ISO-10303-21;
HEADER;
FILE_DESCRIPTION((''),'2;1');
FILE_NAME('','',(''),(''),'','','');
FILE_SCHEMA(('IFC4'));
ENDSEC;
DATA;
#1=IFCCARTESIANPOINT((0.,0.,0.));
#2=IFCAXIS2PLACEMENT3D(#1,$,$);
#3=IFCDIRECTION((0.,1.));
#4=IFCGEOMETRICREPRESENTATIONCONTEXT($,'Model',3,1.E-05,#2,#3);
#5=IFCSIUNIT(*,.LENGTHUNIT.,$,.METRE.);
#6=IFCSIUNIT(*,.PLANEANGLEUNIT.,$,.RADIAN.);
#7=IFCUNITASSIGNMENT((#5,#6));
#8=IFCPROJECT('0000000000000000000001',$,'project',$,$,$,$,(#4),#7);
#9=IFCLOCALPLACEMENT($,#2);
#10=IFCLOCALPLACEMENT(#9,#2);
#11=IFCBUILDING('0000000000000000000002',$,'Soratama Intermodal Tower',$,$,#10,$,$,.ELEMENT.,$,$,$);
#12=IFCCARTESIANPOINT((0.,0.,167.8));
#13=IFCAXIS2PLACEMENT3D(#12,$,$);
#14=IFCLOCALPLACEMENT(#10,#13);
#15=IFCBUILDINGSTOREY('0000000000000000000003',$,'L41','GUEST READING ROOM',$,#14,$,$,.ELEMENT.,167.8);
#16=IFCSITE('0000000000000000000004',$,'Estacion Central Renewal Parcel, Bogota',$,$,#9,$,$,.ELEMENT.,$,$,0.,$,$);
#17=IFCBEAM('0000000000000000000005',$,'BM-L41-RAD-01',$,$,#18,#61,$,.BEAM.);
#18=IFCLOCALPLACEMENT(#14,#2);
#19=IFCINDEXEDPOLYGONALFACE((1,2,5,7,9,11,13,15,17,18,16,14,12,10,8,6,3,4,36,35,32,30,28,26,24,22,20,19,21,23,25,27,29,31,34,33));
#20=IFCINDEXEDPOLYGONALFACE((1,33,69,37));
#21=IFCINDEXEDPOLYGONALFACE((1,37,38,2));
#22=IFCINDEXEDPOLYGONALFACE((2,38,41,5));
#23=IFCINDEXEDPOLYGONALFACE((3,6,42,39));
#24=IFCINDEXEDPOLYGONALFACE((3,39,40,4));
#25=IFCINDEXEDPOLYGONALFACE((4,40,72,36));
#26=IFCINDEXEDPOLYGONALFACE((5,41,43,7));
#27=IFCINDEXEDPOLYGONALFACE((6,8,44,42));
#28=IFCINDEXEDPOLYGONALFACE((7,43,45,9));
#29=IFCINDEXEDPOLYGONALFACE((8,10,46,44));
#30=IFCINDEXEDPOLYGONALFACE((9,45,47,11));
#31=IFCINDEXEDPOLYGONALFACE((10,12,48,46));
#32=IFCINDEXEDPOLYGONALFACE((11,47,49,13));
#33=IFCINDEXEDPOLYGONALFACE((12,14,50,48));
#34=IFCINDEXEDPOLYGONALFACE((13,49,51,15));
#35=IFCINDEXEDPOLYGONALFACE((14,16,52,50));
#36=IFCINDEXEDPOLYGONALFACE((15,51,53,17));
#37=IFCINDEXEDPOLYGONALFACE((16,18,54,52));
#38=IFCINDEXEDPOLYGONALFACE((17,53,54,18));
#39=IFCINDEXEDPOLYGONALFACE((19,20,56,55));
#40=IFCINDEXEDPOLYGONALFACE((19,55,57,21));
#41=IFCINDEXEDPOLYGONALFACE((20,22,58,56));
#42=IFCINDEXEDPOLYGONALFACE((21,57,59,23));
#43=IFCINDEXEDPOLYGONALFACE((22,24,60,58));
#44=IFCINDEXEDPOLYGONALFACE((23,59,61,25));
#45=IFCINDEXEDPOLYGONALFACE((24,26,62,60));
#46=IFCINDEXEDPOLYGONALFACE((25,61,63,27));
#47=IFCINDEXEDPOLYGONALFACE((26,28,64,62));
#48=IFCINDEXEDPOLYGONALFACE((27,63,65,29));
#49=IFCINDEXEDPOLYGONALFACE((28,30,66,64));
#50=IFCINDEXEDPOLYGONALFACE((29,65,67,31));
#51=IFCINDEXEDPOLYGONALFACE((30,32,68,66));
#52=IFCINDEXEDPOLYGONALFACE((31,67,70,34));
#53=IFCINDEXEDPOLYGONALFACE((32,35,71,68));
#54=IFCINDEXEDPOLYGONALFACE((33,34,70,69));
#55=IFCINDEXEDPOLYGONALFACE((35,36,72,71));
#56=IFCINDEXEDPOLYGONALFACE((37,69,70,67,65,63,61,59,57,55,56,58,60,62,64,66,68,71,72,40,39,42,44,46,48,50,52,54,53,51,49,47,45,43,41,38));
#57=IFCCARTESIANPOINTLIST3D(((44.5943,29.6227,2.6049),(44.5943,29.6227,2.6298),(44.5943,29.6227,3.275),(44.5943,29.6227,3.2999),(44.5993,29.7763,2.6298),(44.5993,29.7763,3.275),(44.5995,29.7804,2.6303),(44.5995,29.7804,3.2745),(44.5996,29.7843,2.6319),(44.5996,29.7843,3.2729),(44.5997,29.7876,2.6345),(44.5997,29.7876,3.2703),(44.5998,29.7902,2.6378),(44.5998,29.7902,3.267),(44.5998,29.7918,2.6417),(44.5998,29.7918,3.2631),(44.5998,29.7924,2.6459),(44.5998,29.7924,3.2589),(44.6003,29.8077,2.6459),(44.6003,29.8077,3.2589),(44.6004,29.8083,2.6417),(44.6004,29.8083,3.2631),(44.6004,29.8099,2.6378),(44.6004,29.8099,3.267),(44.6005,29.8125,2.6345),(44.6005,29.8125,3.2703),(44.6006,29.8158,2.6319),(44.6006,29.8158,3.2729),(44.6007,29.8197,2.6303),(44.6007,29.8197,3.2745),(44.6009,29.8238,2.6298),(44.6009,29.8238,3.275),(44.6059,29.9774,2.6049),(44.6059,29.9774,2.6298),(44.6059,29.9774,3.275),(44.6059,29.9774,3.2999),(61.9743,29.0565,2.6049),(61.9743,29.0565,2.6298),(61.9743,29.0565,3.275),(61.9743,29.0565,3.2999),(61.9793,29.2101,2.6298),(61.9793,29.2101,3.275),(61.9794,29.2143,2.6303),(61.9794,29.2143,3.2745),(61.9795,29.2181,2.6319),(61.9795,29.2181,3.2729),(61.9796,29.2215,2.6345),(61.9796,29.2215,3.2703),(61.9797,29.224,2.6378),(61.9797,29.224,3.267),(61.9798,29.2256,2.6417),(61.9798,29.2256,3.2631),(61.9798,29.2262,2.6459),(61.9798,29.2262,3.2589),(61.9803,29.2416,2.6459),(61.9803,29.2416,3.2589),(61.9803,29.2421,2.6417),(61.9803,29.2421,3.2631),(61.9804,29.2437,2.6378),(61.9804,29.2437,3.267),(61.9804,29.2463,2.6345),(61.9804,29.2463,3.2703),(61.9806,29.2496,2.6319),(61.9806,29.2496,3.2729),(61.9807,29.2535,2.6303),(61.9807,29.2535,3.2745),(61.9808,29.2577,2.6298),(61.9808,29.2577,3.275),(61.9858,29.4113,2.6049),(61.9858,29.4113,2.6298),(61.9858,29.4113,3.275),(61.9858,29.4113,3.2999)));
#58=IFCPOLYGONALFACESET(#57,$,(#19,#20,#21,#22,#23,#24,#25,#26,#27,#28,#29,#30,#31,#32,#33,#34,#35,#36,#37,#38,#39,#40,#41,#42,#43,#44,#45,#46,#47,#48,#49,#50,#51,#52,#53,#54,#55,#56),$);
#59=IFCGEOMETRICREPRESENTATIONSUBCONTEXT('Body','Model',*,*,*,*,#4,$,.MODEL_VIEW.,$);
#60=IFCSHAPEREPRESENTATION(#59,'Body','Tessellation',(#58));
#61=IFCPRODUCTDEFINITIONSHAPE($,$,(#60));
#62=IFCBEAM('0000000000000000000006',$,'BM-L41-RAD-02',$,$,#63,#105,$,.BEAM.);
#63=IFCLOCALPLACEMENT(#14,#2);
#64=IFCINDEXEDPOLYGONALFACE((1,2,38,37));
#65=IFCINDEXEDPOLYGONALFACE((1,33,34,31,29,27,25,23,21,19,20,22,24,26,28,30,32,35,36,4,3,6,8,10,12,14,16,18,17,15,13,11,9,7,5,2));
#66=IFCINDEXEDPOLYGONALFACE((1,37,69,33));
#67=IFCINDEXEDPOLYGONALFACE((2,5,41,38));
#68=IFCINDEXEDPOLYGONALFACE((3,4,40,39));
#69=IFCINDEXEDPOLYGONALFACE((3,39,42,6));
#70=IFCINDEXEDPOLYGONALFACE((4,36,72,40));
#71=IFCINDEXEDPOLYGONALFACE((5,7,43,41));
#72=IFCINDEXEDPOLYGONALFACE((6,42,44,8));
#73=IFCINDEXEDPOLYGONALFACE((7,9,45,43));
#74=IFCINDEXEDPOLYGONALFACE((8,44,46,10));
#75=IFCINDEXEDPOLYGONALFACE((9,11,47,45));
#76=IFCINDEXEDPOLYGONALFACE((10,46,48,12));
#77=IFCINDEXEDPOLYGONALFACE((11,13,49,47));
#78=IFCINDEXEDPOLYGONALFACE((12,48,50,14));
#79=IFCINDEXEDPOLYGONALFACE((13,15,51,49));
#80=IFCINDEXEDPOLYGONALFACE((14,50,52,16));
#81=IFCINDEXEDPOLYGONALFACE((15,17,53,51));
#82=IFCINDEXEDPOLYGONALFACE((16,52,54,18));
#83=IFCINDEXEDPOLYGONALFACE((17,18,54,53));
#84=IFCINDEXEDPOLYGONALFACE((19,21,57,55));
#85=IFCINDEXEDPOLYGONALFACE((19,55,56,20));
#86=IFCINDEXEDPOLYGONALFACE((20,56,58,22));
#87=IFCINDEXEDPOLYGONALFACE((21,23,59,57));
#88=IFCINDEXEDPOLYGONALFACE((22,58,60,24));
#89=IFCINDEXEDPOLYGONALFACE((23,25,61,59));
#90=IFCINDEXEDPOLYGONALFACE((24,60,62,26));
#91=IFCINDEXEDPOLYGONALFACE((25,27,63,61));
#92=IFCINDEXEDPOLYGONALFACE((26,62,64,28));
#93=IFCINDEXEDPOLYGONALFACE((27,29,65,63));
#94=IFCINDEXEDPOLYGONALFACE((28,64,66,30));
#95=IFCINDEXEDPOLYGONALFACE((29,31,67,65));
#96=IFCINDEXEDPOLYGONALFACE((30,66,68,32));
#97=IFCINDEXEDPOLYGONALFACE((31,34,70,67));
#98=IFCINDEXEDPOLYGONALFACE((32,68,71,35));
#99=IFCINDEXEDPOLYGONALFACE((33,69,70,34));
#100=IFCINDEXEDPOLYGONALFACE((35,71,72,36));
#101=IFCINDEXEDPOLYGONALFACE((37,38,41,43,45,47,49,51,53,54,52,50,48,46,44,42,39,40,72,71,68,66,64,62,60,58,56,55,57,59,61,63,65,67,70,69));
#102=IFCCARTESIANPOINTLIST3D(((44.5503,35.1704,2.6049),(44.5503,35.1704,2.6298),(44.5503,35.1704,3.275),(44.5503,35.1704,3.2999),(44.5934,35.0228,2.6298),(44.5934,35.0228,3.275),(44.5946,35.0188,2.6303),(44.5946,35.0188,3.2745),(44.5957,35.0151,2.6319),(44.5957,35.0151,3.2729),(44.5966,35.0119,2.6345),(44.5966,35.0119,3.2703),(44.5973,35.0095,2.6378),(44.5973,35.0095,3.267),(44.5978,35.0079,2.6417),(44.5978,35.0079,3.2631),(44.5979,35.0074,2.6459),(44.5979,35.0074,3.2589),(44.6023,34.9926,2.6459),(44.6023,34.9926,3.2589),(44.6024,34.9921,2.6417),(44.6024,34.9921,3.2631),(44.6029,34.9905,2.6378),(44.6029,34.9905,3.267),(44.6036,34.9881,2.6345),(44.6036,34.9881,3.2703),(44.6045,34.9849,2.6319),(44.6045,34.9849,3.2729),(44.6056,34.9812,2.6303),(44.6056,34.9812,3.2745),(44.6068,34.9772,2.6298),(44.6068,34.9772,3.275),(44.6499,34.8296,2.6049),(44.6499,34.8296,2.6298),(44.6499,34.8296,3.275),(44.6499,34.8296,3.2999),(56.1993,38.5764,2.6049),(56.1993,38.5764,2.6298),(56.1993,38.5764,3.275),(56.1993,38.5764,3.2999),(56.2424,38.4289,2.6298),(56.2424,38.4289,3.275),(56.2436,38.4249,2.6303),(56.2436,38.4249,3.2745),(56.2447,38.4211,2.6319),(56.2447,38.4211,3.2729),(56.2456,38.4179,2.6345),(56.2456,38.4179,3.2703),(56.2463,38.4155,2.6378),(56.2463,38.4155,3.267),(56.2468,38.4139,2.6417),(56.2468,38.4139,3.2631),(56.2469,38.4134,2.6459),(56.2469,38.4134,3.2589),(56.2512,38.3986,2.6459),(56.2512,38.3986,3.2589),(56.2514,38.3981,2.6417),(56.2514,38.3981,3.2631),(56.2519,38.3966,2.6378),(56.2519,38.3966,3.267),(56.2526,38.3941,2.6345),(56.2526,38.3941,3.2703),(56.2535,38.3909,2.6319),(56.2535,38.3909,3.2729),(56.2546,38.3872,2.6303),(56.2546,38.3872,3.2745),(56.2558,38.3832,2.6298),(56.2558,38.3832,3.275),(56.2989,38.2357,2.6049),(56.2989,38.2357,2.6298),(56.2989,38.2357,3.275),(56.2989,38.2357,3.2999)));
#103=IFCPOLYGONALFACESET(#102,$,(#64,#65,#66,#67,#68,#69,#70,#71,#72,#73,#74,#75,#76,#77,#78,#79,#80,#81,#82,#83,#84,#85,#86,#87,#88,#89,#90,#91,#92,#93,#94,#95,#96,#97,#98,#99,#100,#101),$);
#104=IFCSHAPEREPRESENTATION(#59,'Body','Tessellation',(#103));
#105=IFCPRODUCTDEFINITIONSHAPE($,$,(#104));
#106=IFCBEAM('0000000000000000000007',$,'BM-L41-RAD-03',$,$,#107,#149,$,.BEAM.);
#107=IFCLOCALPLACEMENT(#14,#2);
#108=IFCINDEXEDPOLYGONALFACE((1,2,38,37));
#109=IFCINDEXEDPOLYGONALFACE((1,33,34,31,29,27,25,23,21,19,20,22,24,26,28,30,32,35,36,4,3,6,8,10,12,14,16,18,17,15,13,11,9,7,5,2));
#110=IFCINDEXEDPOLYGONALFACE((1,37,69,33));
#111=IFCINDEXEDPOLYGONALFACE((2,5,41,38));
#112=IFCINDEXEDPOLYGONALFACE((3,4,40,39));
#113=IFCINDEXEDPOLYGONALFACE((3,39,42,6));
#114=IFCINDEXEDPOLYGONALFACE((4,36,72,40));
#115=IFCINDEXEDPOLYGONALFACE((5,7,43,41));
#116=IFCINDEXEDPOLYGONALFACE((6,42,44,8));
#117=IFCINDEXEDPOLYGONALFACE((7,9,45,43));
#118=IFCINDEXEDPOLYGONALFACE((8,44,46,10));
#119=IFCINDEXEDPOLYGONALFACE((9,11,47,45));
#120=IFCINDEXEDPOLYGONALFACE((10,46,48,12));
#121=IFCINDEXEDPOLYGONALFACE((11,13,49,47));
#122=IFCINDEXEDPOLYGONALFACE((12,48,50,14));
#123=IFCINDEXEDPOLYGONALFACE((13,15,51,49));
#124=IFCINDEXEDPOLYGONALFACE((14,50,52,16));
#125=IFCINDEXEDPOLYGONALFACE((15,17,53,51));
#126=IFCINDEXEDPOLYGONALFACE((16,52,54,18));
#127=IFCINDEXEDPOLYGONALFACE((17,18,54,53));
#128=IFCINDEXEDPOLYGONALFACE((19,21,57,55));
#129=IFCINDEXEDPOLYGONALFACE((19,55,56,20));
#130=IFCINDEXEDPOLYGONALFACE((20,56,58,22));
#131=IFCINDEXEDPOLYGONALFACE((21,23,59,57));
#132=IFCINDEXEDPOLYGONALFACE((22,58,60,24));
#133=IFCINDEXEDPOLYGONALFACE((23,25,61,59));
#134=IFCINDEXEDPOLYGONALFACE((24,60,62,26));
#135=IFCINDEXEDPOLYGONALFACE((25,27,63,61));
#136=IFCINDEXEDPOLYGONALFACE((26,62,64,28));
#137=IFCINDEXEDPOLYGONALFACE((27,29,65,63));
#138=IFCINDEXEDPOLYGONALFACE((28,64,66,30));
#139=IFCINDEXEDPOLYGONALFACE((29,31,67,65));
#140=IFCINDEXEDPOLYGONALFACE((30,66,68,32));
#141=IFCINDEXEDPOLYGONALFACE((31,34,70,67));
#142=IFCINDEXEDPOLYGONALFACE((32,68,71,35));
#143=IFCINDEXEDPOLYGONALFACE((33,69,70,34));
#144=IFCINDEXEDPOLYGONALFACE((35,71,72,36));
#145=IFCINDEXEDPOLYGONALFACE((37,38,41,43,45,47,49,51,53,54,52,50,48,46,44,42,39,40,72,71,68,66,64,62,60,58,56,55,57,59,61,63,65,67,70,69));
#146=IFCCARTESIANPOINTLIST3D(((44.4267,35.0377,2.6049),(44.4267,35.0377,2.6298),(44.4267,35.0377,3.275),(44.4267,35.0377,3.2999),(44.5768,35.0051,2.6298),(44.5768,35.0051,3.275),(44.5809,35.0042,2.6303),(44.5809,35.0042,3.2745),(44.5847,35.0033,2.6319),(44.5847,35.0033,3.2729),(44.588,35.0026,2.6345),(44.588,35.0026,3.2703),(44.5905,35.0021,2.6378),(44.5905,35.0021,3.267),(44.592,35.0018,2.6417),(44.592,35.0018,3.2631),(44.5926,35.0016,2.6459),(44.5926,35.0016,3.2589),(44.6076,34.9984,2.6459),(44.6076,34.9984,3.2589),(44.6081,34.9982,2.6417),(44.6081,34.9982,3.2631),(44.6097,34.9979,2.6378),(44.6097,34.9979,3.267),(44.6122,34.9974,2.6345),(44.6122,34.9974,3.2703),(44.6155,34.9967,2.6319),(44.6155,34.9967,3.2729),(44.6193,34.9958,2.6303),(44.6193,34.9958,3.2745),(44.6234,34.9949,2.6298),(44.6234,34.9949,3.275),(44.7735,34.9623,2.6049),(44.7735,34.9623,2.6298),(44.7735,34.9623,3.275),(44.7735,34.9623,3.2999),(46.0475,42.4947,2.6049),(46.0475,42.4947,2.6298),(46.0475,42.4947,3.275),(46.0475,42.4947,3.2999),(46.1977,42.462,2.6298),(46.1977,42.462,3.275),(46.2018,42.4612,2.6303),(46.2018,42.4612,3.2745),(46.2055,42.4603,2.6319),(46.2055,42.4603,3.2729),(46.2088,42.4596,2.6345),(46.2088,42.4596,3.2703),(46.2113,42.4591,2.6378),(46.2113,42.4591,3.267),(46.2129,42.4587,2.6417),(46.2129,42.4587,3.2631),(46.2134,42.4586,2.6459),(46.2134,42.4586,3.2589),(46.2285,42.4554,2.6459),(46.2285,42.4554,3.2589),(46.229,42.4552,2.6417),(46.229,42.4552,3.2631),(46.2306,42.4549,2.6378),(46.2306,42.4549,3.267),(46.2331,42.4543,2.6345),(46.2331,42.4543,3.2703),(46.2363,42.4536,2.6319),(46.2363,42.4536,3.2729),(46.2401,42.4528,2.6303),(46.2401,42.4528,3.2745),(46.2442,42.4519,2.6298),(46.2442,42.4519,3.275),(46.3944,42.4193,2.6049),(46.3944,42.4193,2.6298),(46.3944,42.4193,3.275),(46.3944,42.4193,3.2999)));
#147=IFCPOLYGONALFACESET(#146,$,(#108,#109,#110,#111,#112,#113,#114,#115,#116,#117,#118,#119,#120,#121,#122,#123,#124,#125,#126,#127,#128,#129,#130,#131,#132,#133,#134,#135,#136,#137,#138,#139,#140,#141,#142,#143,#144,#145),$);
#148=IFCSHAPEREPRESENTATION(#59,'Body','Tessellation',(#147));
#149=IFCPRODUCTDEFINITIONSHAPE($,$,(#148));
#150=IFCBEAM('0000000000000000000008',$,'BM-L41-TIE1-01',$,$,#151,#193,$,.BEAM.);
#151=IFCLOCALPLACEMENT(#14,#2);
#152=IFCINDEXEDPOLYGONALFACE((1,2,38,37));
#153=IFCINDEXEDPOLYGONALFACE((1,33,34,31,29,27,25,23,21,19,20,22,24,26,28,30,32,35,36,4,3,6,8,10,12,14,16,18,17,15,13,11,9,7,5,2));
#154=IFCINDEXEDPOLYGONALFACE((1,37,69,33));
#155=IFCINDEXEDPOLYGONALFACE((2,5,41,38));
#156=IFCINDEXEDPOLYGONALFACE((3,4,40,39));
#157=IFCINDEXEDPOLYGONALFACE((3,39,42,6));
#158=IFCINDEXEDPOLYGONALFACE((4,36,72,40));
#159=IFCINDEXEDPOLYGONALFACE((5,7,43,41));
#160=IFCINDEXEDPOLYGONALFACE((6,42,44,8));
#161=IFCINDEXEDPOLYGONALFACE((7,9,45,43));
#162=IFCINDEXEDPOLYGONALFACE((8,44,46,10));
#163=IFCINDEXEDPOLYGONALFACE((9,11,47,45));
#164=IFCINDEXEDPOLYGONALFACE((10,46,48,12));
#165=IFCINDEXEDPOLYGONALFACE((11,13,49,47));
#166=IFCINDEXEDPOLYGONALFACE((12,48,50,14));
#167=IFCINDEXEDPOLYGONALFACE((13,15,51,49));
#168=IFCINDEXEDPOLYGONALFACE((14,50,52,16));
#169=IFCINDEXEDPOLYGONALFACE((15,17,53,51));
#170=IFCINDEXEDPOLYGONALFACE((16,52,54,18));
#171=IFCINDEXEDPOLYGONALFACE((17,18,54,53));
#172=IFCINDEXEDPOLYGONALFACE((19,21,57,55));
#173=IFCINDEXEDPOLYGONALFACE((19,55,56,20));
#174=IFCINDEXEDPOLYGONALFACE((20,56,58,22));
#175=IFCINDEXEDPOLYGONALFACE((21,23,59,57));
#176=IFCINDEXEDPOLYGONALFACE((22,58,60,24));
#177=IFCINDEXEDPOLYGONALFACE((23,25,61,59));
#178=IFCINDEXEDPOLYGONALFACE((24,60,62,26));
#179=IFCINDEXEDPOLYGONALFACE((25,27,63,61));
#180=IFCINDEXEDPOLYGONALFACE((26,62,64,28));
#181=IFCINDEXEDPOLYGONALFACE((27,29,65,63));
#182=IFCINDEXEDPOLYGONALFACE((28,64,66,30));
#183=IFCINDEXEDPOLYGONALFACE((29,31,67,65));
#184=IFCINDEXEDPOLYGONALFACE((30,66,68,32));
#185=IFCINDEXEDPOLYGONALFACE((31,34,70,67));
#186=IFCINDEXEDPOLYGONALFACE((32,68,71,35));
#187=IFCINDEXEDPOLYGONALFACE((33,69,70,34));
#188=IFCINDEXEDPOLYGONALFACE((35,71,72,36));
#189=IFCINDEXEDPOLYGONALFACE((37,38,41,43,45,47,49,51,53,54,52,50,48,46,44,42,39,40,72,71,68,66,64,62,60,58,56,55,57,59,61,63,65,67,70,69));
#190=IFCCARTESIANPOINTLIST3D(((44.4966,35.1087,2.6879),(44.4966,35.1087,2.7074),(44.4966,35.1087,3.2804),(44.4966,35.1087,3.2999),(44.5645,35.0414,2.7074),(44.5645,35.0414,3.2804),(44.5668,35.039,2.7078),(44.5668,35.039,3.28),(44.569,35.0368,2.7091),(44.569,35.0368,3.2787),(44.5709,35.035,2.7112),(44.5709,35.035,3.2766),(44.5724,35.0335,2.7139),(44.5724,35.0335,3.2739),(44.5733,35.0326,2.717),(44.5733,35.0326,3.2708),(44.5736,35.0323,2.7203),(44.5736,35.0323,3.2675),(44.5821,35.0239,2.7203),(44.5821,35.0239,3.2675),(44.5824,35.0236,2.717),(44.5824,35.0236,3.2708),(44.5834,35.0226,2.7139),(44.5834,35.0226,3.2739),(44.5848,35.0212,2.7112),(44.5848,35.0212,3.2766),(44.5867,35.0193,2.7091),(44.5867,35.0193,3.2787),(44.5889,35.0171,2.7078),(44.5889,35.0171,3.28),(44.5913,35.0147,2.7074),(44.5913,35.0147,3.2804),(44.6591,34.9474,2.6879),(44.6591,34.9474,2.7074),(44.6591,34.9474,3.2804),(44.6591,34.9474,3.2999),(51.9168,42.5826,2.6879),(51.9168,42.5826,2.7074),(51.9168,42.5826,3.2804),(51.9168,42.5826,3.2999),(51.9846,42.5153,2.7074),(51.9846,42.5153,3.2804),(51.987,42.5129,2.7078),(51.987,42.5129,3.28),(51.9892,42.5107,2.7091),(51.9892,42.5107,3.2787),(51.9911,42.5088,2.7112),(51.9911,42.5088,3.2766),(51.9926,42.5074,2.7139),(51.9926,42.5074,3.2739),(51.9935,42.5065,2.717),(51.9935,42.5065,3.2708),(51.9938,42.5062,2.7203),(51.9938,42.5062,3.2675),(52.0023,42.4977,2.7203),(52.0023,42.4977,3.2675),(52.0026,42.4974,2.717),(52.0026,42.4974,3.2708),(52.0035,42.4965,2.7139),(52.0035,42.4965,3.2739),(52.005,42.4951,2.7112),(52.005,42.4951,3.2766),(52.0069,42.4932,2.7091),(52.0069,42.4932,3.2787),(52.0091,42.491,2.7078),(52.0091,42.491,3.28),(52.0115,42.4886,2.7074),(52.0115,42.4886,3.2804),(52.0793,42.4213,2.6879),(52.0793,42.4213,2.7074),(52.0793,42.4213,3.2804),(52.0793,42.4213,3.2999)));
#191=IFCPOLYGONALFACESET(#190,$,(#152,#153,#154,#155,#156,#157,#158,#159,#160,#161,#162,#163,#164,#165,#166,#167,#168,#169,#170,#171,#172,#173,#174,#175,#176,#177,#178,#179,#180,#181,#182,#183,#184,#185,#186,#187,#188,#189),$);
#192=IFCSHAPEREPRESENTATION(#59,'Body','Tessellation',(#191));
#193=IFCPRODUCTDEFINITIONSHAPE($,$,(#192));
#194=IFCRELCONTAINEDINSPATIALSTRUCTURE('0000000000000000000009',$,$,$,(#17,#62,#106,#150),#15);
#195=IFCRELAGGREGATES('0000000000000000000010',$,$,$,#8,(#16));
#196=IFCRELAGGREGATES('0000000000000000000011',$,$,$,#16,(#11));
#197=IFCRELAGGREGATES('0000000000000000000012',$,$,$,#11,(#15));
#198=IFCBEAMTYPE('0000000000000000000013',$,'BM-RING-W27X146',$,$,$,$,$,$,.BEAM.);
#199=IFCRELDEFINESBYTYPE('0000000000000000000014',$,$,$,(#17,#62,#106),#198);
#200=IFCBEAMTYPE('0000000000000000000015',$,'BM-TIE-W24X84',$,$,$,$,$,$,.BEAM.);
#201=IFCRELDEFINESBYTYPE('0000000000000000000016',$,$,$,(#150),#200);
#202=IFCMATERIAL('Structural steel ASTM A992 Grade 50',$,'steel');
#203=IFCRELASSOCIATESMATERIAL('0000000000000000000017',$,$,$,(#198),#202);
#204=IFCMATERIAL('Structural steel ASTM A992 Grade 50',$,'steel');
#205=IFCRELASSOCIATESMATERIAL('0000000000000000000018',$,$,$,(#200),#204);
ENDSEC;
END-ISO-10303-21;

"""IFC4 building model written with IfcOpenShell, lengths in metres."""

from ifc_helpers import new_model, si_unit, direction, frame, origin, origin_2d, place, context, subcontext, project, spatial, i_section, extrude, material, material_profile, profile_set, type_object, element, save


model = new_model("IFC4")

# Units and contexts
model_context = context("Model", 3, precision=1e-05, world=origin(), true_north=direction((0.0, 1.0)))
body_context = subcontext(model_context, "Body", "Model", "MODEL_VIEW")
ifc_project = project(units=[si_unit("LENGTHUNIT", "METRE"), si_unit("PLANEANGLEUNIT", "RADIAN")], contexts=[model_context])

# Site, building, storey
site_placement = place(None, origin())
site = spatial("IfcSite", under=ifc_project, at=site_placement, Name="Estacion Central Renewal Parcel, Bogota", CompositionType="ELEMENT", RefElevation=0.0)
building_placement = place(site_placement, origin())
building = spatial("IfcBuilding", under=site, at=building_placement, Name="Soratama Intermodal Tower", CompositionType="ELEMENT")
storey_placement = place(building_placement, frame((0.0, 0.0, 167.8)))
storey = spatial("IfcBuildingStorey", under=building, at=storey_placement, Name="L41", Description="GUEST READING ROOM", CompositionType="ELEMENT", Elevation=167.8)

# Beams
ifc_material_1 = material(Name="Structural steel ASTM A992 Grade 50", Category="steel")
ifc_material_profile_1 = material_profile(ifc_material_1, i_section(OverallWidth=0.355, OverallDepth=0.6951, WebThickness=0.0154, FlangeThickness=0.0249, FilletRadius=0.0161, at=origin_2d()), Name="W27X146")
ifc_profile_set_1 = profile_set([ifc_material_profile_1], Name="Structural steel ASTM A992 Grade 50")
beam_type_1 = type_object("IfcBeamType", Name="BM-RING-W27X146", PredefinedType="BEAM", material=ifc_profile_set_1)
beam_1_placement = place(storey_placement, frame((44.6001, 29.8, 2.9524), z_axis=(0.99947, -0.032558, 0.0), x_axis=(0.032558, 0.99947, 0.0)))
element("IfcBeam", 1, at=beam_1_placement, inside=storey, type_object=beam_type_1, Name="BM-L41-RAD-01", PredefinedType="BEAM", context=body_context, shape_type="SweptSolid", body=[
    extrude(i_section(OverallWidth=0.355, OverallDepth=0.6951, WebThickness=0.0154, FlangeThickness=0.0249, FilletRadius=0.0161, at=origin_2d()), origin(), (0.0, 0.0, 1.0), 17.3892),
])
beam_2_placement = place(storey_placement, frame((44.6001, 35.0, 2.9524), z_axis=(0.959814, 0.280638, 0.0), x_axis=(-0.280638, 0.959814, 0.0)))
element("IfcBeam", 2, at=beam_2_placement, inside=storey, type_object=beam_type_1, Name="BM-L41-RAD-02", PredefinedType="BEAM", context=body_context, shape_type="SweptSolid", body=[
    extrude(i_section(OverallWidth=0.355, OverallDepth=0.6951, WebThickness=0.0154, FlangeThickness=0.0249, FilletRadius=0.0161, at=origin_2d()), origin(), (0.0, 0.0, 1.0), 12.1367),
])
beam_3_placement = place(storey_placement, frame((44.6001, 35.0, 2.9524), z_axis=(0.212399, 0.977183, 0.0), x_axis=(-0.977183, 0.212399, 0.0)))
element("IfcBeam", 3, at=beam_3_placement, inside=storey, type_object=beam_type_1, Name="BM-L41-RAD-03", PredefinedType="BEAM", context=body_context, shape_type="SweptSolid", body=[
    extrude(i_section(OverallWidth=0.355, OverallDepth=0.6951, WebThickness=0.0154, FlangeThickness=0.0249, FilletRadius=0.0161, at=origin_2d()), origin(), (0.0, 0.0, 1.0), 7.6311),
])
ifc_material_2 = material(Name="Structural steel ASTM A992 Grade 50", Category="steel")
ifc_material_profile_2 = material_profile(ifc_material_2, i_section(OverallWidth=0.229, OverallDepth=0.6121, WebThickness=0.012, FlangeThickness=0.0195, FilletRadius=0.0129, at=origin_2d()), Name="W24X84")
ifc_profile_set_2 = profile_set([ifc_material_profile_2], Name="Structural steel ASTM A992 Grade 50")
beam_type_2 = type_object("IfcBeamType", Name="BM-TIE-W24X84", PredefinedType="BEAM", material=ifc_profile_set_2)
beam_4_placement = place(storey_placement, frame((44.5779, 35.0281, 2.9939), z_axis=(0.704552, 0.709652, 0.0), x_axis=(-0.709652, 0.704552, 0.0)))
element("IfcBeam", 4, at=beam_4_placement, inside=storey, type_object=beam_type_2, Name="BM-L41-TIE1-01", PredefinedType="BEAM", context=body_context, shape_type="SweptSolid", body=[
    extrude(i_section(OverallWidth=0.229, OverallDepth=0.6121, WebThickness=0.012, FlangeThickness=0.0195, FilletRadius=0.0129, at=origin_2d()), origin(), (0.0, 0.0, 1.0), 10.5317),
])

save(model, "model.ifc")
